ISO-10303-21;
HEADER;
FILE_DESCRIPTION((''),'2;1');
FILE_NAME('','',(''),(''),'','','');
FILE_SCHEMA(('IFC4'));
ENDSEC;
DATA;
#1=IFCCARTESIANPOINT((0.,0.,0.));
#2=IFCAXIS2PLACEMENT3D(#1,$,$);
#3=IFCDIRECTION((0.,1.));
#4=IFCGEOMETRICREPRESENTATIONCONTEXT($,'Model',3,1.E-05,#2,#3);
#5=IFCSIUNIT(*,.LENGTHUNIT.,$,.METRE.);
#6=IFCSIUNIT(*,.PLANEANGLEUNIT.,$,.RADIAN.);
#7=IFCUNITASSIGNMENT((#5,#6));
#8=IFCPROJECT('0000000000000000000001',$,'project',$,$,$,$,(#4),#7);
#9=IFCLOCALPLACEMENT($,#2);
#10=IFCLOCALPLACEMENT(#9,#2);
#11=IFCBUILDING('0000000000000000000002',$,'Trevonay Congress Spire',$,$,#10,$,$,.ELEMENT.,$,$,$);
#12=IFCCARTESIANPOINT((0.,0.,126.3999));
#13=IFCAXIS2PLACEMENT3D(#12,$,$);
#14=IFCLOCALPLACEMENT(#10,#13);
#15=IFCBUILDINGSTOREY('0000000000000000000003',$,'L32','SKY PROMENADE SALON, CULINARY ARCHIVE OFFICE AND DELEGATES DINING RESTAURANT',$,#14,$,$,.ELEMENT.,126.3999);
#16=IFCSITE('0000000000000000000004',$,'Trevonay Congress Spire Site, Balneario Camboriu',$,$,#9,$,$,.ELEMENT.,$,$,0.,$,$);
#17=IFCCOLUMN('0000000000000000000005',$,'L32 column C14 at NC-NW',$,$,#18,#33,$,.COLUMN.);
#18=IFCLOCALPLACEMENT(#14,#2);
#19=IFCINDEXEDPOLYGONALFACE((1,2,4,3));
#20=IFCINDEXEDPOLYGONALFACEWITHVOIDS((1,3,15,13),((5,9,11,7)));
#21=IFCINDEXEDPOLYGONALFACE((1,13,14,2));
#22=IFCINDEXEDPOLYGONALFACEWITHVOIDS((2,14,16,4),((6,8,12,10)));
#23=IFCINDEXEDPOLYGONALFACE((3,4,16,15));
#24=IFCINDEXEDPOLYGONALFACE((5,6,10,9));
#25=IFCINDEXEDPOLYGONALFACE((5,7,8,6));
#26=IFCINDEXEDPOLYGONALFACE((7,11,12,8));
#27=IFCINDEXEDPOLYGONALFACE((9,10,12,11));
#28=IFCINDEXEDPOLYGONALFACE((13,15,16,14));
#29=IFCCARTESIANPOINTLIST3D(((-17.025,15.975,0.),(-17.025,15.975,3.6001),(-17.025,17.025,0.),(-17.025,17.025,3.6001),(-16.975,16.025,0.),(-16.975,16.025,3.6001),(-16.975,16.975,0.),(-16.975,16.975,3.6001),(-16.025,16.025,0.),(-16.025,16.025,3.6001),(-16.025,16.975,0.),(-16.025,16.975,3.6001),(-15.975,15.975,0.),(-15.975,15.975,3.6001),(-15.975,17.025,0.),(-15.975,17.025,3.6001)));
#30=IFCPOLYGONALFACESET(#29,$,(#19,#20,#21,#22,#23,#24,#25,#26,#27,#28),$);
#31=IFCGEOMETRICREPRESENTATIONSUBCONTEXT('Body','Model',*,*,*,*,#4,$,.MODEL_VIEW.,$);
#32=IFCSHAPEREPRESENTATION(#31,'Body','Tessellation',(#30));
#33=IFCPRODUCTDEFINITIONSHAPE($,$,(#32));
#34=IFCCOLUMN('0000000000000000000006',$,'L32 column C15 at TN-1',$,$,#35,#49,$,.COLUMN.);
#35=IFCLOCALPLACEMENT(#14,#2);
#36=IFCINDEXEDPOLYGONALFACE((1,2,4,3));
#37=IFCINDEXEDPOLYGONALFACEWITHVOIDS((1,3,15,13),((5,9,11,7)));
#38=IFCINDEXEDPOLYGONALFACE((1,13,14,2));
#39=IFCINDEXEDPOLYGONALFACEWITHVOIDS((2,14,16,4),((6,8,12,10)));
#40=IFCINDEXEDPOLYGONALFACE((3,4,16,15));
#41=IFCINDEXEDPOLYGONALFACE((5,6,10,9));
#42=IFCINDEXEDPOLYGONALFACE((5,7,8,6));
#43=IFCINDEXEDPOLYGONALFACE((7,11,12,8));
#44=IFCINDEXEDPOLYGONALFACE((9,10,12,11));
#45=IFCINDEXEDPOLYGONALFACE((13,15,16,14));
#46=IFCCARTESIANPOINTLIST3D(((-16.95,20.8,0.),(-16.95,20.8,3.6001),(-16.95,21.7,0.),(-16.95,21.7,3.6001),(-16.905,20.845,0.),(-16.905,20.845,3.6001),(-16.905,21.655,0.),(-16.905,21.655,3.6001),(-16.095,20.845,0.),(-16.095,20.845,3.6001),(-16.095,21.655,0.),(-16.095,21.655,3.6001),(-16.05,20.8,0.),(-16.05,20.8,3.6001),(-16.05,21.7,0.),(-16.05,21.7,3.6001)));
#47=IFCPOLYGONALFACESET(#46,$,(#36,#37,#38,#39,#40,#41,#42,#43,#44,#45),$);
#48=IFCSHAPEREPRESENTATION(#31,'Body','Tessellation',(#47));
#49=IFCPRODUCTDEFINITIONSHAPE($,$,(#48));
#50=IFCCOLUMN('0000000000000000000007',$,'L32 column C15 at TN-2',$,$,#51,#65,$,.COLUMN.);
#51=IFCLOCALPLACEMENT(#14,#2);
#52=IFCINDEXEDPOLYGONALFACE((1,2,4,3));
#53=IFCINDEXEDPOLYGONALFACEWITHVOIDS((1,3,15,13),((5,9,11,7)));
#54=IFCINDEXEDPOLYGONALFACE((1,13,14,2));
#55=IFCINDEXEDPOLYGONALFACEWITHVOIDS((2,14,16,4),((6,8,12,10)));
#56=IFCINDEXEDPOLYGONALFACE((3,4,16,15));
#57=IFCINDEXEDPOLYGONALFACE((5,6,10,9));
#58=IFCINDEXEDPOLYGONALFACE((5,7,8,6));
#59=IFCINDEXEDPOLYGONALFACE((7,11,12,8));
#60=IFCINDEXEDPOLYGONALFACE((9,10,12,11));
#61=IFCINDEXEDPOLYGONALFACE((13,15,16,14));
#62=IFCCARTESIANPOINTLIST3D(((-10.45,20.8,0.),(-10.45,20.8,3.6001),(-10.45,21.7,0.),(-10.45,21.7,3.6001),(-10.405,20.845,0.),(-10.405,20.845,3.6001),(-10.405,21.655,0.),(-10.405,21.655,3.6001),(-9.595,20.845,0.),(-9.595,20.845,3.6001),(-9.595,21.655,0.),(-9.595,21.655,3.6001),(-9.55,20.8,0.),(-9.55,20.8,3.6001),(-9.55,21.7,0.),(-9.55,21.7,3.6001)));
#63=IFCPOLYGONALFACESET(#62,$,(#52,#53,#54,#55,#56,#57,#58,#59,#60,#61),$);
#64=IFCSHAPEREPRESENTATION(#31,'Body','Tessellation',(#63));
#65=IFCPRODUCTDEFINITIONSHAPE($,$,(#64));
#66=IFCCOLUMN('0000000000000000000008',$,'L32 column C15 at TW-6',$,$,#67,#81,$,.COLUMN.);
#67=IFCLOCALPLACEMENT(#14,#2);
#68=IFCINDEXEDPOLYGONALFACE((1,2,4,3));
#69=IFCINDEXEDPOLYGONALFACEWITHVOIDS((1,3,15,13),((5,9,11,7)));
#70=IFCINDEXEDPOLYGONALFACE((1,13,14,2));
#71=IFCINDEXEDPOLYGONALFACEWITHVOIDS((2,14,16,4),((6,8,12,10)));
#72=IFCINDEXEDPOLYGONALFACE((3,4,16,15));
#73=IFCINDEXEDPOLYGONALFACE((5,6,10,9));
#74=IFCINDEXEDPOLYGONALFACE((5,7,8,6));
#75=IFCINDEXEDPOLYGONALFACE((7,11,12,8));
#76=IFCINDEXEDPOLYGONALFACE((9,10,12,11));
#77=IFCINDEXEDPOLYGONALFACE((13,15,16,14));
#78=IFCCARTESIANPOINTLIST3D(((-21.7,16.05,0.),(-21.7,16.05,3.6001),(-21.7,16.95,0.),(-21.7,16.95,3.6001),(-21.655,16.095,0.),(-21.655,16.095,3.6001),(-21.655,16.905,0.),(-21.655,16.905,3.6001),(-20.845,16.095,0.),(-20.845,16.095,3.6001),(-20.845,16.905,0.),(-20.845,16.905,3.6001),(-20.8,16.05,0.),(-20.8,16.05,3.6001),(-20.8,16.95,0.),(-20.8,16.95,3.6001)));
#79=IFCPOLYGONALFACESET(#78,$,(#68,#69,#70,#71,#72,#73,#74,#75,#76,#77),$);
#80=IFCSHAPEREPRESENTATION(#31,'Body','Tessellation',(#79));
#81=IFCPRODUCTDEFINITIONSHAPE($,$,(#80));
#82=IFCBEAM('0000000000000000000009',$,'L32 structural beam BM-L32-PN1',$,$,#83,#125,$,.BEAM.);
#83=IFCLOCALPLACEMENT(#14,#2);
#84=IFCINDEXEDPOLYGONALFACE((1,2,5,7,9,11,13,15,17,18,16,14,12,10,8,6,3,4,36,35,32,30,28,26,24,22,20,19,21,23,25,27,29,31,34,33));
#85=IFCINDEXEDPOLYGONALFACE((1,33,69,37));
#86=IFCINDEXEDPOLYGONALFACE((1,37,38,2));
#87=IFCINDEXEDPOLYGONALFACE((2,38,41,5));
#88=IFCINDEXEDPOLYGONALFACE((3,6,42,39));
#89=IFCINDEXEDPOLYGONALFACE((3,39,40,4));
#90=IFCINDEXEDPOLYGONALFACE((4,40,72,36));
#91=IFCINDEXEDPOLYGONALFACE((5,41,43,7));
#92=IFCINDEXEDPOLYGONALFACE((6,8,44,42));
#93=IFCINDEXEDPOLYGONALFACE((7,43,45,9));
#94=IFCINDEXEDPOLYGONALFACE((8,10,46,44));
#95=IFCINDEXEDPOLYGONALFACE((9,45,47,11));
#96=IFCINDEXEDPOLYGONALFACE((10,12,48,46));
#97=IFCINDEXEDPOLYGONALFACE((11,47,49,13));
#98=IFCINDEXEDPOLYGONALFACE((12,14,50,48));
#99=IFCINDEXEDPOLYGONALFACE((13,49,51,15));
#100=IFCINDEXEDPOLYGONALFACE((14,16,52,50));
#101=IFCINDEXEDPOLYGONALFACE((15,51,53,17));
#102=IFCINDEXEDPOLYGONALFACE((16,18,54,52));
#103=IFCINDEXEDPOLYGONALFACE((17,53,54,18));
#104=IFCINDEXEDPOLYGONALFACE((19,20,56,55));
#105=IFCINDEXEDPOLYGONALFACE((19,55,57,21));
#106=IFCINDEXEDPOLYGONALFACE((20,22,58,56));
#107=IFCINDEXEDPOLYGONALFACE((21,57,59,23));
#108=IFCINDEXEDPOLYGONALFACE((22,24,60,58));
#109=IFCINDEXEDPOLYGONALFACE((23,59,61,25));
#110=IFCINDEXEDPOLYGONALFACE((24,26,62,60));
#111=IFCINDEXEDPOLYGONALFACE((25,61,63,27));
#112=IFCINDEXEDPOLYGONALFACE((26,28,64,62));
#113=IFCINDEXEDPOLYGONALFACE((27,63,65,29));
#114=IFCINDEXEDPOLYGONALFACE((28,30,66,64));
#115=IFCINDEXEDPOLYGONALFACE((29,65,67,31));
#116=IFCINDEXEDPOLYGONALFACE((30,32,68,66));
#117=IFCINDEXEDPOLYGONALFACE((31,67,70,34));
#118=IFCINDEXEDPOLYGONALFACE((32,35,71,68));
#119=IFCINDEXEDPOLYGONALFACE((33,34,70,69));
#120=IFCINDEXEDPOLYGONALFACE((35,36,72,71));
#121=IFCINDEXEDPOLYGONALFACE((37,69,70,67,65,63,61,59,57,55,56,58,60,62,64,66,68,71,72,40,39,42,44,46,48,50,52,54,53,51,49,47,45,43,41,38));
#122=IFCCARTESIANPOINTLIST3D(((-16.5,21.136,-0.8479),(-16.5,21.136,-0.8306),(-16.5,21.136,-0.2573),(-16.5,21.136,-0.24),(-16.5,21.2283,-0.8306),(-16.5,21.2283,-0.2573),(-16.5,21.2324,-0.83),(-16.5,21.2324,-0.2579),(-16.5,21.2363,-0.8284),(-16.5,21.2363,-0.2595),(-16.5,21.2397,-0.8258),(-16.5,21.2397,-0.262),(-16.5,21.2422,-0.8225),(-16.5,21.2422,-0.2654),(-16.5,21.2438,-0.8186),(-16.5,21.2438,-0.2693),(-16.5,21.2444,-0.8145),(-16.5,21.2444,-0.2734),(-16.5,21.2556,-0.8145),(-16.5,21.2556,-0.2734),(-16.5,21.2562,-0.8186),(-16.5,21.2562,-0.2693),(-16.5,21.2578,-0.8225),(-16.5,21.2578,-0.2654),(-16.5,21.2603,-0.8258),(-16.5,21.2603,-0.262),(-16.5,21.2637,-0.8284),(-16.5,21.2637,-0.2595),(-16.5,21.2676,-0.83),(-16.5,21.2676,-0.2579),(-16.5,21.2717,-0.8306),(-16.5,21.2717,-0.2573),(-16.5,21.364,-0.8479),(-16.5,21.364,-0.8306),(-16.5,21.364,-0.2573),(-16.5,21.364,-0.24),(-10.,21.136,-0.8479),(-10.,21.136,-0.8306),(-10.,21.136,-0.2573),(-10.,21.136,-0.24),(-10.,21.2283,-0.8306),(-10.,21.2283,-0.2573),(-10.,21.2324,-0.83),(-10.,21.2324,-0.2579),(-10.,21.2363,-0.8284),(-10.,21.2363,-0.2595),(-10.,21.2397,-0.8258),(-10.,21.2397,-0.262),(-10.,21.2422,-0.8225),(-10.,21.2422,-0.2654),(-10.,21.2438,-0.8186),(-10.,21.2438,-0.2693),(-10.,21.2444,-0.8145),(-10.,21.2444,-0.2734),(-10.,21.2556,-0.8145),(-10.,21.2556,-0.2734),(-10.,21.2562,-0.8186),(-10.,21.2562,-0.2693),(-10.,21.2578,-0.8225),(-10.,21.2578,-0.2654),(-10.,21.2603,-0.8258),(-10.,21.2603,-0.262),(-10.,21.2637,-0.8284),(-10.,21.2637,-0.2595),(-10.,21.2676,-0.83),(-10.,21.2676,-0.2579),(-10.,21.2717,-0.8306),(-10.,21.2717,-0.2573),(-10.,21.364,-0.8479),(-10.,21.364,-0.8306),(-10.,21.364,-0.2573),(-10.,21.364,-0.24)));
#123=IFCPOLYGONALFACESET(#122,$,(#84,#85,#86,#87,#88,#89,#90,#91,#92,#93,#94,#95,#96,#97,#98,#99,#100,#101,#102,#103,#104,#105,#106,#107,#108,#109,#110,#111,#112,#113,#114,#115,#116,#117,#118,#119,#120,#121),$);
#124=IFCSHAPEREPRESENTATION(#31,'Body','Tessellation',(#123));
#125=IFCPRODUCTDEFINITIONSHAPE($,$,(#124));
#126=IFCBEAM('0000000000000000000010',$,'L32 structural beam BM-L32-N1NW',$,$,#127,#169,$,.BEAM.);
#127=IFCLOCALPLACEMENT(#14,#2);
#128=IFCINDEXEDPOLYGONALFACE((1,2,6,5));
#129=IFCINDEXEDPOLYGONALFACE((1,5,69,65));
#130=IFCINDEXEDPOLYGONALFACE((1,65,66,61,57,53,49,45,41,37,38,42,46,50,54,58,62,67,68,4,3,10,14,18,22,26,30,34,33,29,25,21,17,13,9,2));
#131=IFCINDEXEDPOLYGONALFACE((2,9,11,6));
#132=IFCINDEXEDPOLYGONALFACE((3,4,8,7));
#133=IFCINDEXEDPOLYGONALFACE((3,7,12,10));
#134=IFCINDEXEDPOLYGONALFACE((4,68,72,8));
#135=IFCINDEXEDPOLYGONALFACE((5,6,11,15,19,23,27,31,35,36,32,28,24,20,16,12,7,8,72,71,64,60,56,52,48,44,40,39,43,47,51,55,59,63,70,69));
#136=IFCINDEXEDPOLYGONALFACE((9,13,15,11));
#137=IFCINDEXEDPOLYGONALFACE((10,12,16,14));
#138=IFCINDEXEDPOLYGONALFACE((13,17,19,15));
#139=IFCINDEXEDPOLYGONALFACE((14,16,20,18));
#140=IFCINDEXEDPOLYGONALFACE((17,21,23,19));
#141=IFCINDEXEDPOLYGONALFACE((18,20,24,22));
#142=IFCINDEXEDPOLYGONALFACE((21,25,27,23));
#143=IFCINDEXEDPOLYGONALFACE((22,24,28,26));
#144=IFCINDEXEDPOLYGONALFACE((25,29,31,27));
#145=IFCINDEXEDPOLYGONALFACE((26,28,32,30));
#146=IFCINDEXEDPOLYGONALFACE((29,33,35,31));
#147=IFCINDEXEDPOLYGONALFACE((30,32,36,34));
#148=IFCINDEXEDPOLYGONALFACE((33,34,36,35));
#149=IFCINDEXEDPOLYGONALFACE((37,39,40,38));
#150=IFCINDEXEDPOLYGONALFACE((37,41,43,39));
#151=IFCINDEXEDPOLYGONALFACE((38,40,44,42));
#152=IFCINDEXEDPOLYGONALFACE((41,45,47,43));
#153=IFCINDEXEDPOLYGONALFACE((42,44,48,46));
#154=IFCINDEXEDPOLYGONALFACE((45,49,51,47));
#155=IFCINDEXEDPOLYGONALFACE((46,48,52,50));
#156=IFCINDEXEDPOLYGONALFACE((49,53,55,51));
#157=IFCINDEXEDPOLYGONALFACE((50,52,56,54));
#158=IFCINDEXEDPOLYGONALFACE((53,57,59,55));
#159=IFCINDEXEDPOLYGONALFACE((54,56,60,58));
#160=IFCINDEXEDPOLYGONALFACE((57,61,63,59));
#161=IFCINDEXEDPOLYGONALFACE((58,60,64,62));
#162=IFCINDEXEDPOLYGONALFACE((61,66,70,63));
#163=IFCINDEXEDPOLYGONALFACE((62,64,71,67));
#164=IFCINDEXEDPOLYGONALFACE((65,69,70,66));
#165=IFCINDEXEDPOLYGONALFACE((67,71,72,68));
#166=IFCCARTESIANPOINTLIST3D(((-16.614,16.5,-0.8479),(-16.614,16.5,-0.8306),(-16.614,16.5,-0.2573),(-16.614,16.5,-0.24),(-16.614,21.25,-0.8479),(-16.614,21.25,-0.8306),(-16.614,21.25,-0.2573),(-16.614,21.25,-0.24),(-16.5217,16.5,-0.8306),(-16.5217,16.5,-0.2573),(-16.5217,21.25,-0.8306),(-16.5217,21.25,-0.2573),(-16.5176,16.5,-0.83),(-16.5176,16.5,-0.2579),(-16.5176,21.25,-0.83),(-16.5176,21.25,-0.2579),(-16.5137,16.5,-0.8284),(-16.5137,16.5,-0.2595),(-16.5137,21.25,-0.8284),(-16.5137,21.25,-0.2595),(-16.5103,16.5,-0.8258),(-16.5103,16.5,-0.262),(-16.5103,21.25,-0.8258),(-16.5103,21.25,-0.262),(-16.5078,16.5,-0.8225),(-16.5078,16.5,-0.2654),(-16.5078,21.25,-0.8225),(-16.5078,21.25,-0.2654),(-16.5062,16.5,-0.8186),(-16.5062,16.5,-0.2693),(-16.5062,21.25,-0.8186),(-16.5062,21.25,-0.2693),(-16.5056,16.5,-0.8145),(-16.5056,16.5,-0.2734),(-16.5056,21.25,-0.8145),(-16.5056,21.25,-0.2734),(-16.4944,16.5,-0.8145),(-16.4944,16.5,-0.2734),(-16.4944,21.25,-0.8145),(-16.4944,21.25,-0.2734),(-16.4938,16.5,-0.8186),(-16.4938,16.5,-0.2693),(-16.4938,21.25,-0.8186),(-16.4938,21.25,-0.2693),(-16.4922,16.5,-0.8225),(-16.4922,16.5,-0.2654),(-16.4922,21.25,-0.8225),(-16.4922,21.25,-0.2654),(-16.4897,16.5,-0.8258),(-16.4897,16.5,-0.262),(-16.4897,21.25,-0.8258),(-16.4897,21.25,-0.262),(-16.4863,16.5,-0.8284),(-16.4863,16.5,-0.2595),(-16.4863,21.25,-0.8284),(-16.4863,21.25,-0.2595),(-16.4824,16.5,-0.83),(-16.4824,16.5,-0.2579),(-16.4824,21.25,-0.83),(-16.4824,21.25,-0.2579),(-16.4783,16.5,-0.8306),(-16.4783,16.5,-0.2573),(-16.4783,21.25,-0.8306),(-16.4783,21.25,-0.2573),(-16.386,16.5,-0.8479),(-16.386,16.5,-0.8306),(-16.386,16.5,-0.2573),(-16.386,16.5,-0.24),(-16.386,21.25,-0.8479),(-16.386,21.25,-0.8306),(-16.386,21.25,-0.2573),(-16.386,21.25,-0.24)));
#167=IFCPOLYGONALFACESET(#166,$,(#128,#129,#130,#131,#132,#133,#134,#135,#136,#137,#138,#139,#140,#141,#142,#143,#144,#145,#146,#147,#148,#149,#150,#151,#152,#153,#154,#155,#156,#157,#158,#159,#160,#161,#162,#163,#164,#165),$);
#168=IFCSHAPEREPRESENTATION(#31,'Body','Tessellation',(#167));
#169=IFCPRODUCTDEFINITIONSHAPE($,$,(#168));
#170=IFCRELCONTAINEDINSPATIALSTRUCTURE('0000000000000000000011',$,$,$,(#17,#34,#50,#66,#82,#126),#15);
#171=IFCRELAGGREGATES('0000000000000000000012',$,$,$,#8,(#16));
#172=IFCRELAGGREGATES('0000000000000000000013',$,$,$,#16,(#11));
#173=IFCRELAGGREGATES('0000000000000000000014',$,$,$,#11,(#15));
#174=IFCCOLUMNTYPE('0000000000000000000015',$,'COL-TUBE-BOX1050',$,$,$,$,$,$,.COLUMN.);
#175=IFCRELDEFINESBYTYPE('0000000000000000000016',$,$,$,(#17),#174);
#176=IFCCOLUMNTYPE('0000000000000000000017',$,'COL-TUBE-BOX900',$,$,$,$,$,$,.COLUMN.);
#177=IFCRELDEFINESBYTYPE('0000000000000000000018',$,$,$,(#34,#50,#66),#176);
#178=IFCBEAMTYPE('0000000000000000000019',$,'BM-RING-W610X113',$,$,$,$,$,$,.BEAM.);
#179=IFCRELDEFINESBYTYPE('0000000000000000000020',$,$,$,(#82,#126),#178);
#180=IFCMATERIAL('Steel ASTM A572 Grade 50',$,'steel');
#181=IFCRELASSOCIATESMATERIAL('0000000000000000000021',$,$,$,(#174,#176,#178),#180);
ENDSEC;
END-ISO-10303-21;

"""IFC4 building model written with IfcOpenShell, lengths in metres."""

from ifc_helpers import new_model, si_unit, direction, frame, origin, origin_2d, place, context, subcontext, project, spatial, hollow_rectangle, i_section, extrude, material, material_profile, profile_set, type_object, element, save


model = new_model("IFC4")

# Units and contexts
model_context = context("Model", 3, precision=1e-05, world=origin(), true_north=direction((0.0, 1.0)))
body_context = subcontext(model_context, "Body", "Model", "MODEL_VIEW")
ifc_project = project(units=[si_unit("LENGTHUNIT", "METRE"), si_unit("PLANEANGLEUNIT", "RADIAN")], contexts=[model_context])

# Site, building, storey
site_placement = place(None, origin())
site = spatial("IfcSite", under=ifc_project, at=site_placement, Name="Trevonay Congress Spire Site, Balneario Camboriu", CompositionType="ELEMENT", RefElevation=0.0)
building_placement = place(site_placement, origin())
building = spatial("IfcBuilding", under=site, at=building_placement, Name="Trevonay Congress Spire", CompositionType="ELEMENT")
storey_placement = place(building_placement, frame((0.0, 0.0, 126.3999)))
storey = spatial("IfcBuildingStorey", under=building, at=storey_placement, Name="L32", Description="SKY PROMENADE SALON, CULINARY ARCHIVE OFFICE AND DELEGATES DINING RESTAURANT", CompositionType="ELEMENT", Elevation=126.3999)

# Columns
ifc_material_1 = material(Name="Steel ASTM A572 Grade 50", Category="steel")
ifc_material_profile_1 = material_profile(ifc_material_1, hollow_rectangle(XDim=1.05, YDim=1.05, WallThickness=0.05, at=origin_2d()), Name="BOX 1050x1050x50")
ifc_profile_set_1 = profile_set([ifc_material_profile_1], Name="Steel ASTM A572 Grade 50")
column_type_1 = type_object("IfcColumnType", Name="COL-TUBE-BOX1050", PredefinedType="COLUMN", material=ifc_profile_set_1)
column_placement = place(storey_placement, frame((-16.5, 16.5, 0.0), z_axis=(0.0, 0.0, 1.0), x_axis=(1.0, 0.0, 0.0)))
element("IfcColumn", 1, at=column_placement, inside=storey, type_object=column_type_1, Name="L32 column C14 at NC-NW", PredefinedType="COLUMN", context=body_context, shape_type="SweptSolid", body=[
    extrude(hollow_rectangle(XDim=1.05, YDim=1.05, WallThickness=0.05, at=origin_2d()), origin(), (0.0, 0.0, 1.0), 3.6001),
])
ifc_material_profile_2 = material_profile(ifc_material_1, hollow_rectangle(XDim=0.8999, YDim=0.8999, WallThickness=0.0449, at=origin_2d()), Name="BOX 900x900x45")
ifc_profile_set_2 = profile_set([ifc_material_profile_2], Name="Steel ASTM A572 Grade 50")
column_type_2 = type_object("IfcColumnType", Name="COL-TUBE-BOX900", PredefinedType="COLUMN", material=ifc_profile_set_2)
for number, where, z_axis, x_axis, name in (
    (2, (-16.5, 21.25, 0.0), (0.0, 0.0, 1.0), (1.0, 0.0, 0.0), "L32 column C15 at TN-1"),
    (3, (-10.0, 21.25, 0.0), (0.0, 0.0, 1.0), (1.0, 0.0, 0.0), "L32 column C15 at TN-2"),
    (4, (-21.25, 16.5, 0.0), (0.0, 0.0, 1.0), (1.0, 0.0, 0.0), "L32 column C15 at TW-6"),
):
    element("IfcColumn", number, at=place(storey_placement, frame(where, z_axis=z_axis, x_axis=x_axis)), inside=storey, type_object=column_type_2, Name=name, PredefinedType="COLUMN", context=body_context, shape_type="SweptSolid", body=[
        extrude(hollow_rectangle(XDim=0.8999, YDim=0.8999, WallThickness=0.0449, at=origin_2d()), origin(), (0.0, 0.0, 1.0), 3.6001),
    ])

# Beams
ifc_material_profile_3 = material_profile(ifc_material_1, i_section(OverallWidth=0.228, OverallDepth=0.6079, WebThickness=0.0112, FlangeThickness=0.0173, FilletRadius=0.0161, at=origin_2d()), Name="W610x113")
ifc_profile_set_3 = profile_set([ifc_material_profile_3], Name="Steel ASTM A572 Grade 50")
beam_type_1 = type_object("IfcBeamType", Name="BM-RING-W610X113", PredefinedType="BEAM", material=ifc_profile_set_3)
beam_1_placement = place(storey_placement, frame((-16.5, 21.25, -0.5439), z_axis=(1.0, 0.0, 0.0), x_axis=(0.0, 1.0, 0.0)))
element("IfcBeam", 5, at=beam_1_placement, inside=storey, type_object=beam_type_1, Name="L32 structural beam BM-L32-PN1", PredefinedType="BEAM", context=body_context, shape_type="SweptSolid", body=[
    extrude(i_section(OverallWidth=0.228, OverallDepth=0.6079, WebThickness=0.0112, FlangeThickness=0.0173, FilletRadius=0.0161, at=origin_2d()), origin(), (0.0, 0.0, 1.0), 6.5),
])
for number, where, z_axis, x_axis, name in (
    (6, (-16.5, 21.25, -0.5439), (0.0, -1.0, 0.0), (1.0, 0.0, 0.0), "L32 structural beam BM-L32-N1NW"),
):
    element("IfcBeam", number, at=place(storey_placement, frame(where, z_axis=z_axis, x_axis=x_axis)), inside=storey, type_object=beam_type_1, Name=name, PredefinedType="BEAM", context=body_context, shape_type="SweptSolid", body=[
        extrude(i_section(OverallWidth=0.228, OverallDepth=0.6079, WebThickness=0.0112, FlangeThickness=0.0173, FilletRadius=0.0161, at=origin_2d()), origin(), (0.0, 0.0, 1.0), 4.75),
    ])

save(model, "model.ifc")
